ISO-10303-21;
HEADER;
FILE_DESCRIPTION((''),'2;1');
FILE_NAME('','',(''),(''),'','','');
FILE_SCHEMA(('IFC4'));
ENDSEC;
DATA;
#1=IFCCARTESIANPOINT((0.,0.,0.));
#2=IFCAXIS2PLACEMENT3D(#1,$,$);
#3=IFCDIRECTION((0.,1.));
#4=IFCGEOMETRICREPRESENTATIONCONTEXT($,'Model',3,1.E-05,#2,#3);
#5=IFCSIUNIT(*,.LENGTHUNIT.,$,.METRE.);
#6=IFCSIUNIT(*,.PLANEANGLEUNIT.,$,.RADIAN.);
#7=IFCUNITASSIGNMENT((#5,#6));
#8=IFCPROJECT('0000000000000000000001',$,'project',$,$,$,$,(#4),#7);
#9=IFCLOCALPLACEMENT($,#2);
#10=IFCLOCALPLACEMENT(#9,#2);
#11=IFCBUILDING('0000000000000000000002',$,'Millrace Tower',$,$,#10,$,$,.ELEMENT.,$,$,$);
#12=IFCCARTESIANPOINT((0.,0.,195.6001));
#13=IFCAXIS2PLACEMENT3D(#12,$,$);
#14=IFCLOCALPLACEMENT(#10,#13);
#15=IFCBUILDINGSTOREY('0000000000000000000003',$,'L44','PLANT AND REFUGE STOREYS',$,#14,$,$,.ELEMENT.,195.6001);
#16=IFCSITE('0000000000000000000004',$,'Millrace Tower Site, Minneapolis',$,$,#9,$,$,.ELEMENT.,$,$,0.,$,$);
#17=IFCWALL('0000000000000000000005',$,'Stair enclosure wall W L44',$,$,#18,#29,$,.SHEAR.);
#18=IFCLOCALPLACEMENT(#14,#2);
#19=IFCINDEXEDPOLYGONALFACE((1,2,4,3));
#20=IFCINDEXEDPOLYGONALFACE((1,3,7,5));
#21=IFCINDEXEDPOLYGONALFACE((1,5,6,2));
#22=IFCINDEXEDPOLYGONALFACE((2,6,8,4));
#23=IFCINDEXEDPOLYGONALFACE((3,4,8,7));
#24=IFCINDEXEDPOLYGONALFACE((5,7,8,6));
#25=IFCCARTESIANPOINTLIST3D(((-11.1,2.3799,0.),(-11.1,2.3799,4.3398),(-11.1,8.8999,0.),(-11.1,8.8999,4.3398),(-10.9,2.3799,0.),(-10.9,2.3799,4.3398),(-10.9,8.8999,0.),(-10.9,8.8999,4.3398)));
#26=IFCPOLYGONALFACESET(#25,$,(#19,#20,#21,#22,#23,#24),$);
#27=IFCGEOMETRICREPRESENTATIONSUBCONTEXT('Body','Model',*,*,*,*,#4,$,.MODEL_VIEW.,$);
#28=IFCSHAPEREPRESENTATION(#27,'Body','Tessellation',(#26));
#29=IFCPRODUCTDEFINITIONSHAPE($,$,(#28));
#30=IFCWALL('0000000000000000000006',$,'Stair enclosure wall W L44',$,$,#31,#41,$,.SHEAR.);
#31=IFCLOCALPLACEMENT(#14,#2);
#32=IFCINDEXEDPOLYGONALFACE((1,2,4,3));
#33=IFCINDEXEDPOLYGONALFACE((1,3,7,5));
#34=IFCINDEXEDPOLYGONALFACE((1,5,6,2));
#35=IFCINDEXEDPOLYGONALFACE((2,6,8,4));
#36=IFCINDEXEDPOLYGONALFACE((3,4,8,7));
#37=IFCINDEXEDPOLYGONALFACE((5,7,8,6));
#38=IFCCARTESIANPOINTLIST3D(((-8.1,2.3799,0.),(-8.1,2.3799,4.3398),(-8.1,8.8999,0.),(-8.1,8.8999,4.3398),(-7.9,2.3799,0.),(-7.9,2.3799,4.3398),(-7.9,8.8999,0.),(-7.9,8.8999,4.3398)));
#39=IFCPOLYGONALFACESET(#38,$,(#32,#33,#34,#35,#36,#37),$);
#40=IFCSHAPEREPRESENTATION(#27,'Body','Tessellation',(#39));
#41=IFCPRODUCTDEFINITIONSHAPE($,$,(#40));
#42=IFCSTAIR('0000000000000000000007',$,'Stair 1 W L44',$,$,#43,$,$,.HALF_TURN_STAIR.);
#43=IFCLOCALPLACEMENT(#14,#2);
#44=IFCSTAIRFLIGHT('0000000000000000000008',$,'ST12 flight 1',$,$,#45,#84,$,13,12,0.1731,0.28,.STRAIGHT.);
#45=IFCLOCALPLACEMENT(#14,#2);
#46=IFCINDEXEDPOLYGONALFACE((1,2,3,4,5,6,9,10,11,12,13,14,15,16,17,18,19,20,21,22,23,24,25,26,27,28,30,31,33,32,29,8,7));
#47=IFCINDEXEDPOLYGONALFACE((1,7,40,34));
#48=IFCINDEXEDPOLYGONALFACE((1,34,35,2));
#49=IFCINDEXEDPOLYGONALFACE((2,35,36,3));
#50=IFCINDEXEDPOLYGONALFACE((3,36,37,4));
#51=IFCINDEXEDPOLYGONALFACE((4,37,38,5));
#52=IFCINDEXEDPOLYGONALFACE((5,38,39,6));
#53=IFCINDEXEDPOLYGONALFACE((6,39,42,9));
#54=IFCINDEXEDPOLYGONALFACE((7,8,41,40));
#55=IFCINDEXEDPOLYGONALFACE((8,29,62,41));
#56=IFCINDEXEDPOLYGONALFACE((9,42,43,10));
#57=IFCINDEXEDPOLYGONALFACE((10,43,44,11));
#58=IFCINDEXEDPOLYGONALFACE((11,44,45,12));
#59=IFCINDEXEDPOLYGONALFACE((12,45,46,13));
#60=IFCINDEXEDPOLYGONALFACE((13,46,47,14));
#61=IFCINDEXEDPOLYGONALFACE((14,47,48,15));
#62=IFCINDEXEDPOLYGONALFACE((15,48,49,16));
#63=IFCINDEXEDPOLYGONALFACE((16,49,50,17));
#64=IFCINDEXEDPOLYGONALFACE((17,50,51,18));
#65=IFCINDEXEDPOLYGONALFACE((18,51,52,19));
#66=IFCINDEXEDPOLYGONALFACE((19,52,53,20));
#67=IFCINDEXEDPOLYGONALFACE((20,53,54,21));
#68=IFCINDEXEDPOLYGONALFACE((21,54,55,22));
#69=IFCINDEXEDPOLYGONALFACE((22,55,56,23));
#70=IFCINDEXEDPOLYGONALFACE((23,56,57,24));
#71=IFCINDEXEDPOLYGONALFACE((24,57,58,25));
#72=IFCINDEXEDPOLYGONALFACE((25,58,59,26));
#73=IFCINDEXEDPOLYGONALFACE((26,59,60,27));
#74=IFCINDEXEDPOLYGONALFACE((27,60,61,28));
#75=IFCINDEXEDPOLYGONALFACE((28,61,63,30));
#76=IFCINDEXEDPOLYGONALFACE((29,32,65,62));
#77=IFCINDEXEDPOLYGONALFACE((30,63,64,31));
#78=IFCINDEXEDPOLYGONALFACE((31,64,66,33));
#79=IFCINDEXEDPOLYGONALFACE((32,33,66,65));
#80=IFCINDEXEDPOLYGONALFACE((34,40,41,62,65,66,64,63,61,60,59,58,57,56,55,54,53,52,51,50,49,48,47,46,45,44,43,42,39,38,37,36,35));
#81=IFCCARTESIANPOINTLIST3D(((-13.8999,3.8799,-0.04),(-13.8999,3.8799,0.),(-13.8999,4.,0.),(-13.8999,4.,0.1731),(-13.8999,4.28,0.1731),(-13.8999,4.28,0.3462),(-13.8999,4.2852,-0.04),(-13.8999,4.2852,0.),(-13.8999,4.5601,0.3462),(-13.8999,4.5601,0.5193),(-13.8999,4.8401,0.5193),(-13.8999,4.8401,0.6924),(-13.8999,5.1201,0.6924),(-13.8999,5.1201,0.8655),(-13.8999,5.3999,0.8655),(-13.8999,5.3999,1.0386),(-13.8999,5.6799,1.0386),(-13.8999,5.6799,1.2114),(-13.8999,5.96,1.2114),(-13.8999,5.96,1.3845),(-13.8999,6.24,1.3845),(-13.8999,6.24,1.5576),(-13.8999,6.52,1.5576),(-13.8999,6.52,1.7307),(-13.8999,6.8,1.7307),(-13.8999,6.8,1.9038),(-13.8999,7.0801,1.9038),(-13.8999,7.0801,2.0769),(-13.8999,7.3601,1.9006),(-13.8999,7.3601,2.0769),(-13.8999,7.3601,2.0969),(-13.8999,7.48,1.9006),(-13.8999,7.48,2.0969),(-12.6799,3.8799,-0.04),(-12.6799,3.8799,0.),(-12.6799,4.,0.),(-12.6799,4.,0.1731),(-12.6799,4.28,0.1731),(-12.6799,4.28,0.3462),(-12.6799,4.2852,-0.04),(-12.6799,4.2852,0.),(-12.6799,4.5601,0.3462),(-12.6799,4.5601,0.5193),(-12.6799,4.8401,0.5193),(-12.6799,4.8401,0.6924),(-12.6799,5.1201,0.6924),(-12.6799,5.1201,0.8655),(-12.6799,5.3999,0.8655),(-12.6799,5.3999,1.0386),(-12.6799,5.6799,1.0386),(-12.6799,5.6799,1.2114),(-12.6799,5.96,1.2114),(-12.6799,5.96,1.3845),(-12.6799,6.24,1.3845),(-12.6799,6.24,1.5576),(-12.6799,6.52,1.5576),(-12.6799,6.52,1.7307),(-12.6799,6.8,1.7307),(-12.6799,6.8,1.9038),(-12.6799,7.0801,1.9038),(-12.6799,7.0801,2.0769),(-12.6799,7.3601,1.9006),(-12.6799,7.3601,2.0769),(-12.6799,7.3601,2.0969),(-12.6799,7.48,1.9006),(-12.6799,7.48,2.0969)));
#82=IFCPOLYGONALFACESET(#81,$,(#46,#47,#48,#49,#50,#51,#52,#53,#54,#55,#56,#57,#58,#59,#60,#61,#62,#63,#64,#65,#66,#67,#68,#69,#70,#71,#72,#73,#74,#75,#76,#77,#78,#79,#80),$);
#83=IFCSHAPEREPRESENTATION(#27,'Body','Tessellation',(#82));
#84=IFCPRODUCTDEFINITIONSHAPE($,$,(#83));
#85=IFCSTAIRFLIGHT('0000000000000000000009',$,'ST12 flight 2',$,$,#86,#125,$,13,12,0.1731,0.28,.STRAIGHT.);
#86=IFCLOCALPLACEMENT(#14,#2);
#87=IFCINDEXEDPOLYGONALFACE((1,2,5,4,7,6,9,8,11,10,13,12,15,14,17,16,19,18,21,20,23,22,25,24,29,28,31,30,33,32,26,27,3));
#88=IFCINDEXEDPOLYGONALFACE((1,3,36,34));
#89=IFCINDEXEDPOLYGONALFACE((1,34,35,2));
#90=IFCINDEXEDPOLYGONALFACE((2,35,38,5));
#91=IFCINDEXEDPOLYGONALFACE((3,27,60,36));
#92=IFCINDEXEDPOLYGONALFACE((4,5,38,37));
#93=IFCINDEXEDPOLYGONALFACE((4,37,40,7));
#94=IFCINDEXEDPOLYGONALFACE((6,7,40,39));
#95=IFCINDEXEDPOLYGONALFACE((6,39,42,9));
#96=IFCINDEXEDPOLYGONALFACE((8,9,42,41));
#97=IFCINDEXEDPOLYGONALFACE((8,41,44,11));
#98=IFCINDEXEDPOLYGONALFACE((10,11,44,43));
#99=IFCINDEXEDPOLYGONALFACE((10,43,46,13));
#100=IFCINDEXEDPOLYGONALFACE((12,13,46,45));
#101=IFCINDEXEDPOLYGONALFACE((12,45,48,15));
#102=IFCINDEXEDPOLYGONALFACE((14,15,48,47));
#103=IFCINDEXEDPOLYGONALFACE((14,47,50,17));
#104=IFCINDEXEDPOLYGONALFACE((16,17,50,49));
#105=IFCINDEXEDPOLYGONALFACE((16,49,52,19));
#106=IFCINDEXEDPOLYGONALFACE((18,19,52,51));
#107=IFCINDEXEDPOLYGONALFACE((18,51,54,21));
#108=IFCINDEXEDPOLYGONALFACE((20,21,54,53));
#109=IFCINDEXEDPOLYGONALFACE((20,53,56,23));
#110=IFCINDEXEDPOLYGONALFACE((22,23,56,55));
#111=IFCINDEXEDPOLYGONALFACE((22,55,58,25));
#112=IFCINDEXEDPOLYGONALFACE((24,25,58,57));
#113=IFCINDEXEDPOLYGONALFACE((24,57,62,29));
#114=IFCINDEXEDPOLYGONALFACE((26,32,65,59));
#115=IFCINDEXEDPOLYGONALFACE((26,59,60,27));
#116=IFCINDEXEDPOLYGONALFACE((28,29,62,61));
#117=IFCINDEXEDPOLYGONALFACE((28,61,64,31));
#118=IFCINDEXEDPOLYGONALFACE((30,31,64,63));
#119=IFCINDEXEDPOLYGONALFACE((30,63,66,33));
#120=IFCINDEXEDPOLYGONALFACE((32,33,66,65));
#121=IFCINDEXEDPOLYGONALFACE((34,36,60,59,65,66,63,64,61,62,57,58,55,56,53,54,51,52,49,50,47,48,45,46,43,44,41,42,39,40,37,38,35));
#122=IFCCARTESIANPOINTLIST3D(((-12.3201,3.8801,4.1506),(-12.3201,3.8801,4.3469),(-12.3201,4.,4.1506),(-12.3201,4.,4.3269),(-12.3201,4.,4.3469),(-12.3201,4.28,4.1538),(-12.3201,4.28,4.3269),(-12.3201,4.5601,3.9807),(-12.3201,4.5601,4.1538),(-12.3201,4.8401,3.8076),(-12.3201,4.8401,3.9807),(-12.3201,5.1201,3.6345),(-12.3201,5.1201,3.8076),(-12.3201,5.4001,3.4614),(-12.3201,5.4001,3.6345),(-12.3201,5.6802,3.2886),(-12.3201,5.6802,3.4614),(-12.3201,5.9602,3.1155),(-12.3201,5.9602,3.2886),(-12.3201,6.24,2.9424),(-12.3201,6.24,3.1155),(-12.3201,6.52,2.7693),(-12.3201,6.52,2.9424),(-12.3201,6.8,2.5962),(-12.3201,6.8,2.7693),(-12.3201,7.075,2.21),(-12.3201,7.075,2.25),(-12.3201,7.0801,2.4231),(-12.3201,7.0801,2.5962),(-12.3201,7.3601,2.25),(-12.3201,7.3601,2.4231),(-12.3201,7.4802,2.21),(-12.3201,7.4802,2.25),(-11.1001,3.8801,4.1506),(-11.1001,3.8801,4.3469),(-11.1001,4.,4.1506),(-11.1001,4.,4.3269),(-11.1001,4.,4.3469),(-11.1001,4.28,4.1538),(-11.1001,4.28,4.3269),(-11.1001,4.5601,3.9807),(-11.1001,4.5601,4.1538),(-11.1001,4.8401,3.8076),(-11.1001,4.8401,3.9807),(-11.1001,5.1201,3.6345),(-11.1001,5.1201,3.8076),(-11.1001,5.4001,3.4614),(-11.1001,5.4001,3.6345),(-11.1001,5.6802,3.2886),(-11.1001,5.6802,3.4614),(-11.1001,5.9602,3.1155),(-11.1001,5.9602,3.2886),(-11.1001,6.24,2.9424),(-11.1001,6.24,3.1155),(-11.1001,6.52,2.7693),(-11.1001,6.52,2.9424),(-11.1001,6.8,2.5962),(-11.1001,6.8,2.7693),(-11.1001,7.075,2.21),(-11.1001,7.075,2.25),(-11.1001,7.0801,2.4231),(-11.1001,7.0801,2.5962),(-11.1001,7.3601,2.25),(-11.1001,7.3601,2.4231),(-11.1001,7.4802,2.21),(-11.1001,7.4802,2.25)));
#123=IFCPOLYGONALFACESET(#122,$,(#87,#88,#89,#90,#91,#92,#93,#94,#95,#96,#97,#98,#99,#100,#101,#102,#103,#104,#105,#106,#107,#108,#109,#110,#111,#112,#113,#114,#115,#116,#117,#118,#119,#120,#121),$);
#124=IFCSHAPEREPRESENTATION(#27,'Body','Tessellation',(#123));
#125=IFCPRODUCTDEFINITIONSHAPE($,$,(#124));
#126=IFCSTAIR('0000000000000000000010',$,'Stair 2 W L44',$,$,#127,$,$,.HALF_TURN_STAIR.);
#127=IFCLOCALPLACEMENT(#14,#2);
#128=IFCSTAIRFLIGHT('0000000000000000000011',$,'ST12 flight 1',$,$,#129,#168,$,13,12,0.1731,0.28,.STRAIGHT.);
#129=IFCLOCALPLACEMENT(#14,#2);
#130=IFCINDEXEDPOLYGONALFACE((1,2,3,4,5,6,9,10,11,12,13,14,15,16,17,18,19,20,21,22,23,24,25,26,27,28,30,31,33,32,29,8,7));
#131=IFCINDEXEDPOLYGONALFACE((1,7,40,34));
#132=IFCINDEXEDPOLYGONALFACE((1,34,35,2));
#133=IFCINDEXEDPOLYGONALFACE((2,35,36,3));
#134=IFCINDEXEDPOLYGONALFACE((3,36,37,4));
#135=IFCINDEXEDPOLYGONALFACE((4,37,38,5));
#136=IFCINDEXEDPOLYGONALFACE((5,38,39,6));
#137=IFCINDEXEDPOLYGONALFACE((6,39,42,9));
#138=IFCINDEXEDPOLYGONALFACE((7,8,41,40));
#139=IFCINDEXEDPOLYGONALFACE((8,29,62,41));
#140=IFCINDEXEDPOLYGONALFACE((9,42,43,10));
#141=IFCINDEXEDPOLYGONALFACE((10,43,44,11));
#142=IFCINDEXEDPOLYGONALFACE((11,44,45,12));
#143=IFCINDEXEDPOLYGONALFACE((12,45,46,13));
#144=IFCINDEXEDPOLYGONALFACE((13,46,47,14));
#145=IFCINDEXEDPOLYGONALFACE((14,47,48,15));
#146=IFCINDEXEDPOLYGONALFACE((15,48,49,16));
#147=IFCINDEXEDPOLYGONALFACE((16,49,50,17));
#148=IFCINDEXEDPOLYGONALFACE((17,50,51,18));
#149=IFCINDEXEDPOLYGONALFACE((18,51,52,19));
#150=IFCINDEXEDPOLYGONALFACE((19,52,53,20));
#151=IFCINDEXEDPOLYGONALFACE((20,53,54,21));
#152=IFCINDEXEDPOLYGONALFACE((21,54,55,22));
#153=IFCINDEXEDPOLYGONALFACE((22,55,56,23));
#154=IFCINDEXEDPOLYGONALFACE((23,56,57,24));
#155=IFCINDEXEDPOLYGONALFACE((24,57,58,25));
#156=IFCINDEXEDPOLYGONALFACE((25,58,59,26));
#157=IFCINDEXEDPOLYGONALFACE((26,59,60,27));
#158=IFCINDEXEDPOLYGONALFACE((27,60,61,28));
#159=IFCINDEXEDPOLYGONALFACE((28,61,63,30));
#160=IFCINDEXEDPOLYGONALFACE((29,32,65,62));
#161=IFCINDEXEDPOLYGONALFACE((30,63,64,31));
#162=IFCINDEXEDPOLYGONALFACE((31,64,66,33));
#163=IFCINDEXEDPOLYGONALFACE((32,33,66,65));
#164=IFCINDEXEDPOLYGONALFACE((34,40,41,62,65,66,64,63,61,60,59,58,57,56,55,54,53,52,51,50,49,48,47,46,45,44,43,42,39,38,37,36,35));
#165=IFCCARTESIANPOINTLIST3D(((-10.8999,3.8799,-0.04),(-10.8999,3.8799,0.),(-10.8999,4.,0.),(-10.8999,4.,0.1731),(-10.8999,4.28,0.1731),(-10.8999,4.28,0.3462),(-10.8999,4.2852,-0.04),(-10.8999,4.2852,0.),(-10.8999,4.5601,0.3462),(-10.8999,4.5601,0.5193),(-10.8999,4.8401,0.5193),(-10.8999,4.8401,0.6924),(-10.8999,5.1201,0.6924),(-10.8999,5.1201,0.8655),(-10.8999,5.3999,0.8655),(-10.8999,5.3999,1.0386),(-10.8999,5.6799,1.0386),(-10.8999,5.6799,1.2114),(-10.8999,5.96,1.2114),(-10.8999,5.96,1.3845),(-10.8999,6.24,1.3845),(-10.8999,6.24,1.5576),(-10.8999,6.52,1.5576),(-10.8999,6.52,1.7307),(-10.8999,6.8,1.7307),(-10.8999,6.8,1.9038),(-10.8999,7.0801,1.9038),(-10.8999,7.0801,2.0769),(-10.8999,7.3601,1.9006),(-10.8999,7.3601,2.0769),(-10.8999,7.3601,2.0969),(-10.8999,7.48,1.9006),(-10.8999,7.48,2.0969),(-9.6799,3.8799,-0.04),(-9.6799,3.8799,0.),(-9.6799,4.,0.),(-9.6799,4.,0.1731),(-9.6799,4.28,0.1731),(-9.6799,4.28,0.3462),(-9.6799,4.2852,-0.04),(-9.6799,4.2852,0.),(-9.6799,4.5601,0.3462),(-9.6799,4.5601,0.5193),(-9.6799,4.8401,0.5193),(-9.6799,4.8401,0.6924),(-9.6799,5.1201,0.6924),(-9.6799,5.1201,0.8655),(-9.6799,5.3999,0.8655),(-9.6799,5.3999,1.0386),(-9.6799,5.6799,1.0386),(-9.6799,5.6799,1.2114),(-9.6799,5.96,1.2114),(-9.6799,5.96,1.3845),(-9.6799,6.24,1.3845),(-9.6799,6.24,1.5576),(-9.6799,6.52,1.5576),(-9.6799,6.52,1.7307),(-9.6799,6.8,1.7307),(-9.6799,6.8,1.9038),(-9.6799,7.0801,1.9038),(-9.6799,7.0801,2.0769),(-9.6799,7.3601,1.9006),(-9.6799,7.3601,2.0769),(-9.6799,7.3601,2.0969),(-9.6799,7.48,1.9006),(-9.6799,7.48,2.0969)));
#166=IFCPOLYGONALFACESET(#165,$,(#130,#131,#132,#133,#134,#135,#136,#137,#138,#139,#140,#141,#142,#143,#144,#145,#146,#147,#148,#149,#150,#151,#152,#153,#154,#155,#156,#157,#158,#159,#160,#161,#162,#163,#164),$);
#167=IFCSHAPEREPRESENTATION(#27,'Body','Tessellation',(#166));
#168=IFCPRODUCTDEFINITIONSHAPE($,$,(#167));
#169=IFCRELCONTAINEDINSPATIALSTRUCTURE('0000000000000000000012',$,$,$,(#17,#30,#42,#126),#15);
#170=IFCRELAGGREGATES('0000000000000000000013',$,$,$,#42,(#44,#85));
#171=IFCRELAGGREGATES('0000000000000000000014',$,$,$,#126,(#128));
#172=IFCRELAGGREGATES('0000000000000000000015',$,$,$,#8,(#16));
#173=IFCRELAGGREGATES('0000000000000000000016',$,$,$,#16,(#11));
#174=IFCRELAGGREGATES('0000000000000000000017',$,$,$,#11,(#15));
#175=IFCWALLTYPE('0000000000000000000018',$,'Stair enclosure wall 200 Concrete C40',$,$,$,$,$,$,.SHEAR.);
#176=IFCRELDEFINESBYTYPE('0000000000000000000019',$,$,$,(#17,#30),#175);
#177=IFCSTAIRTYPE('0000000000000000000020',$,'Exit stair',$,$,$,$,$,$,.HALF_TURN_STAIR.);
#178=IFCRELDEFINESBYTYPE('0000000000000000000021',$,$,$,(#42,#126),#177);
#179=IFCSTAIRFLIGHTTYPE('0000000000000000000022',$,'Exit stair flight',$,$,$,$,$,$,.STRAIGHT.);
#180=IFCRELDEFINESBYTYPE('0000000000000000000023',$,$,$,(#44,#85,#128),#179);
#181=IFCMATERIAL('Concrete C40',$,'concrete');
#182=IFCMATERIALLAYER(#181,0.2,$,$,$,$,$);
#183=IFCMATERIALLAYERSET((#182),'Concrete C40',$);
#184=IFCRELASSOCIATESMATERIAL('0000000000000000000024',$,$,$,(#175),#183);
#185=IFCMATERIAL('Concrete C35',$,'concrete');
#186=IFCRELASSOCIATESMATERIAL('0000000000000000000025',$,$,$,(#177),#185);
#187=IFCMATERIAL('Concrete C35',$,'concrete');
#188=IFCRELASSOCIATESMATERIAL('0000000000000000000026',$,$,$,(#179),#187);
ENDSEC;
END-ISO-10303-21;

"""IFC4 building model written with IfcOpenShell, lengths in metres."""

from ifc_helpers import new_model, si_unit, direction, frame, frame_2d, origin, place, context, subcontext, project, spatial, polyline, rectangle, outline, extrude, material, layer, layer_set, type_object, element, aggregate, save


model = new_model("IFC4")

# Units and contexts
model_context = context("Model", 3, precision=1e-05, world=origin(), true_north=direction((0.0, 1.0)))
body_context = subcontext(model_context, "Body", "Model", "MODEL_VIEW")
ifc_project = project(units=[si_unit("LENGTHUNIT", "METRE"), si_unit("PLANEANGLEUNIT", "RADIAN")], contexts=[model_context])

# Site, building, storey
site_placement = place(None, origin())
site = spatial("IfcSite", under=ifc_project, at=site_placement, Name="Millrace Tower Site, Minneapolis", CompositionType="ELEMENT", RefElevation=0.0)
building_placement = place(site_placement, origin())
building = spatial("IfcBuilding", under=site, at=building_placement, Name="Millrace Tower", CompositionType="ELEMENT")
storey_placement = place(building_placement, frame((0.0, 0.0, 195.6001)))
storey = spatial("IfcBuildingStorey", under=building, at=storey_placement, Name="L44", Description="PLANT AND REFUGE STOREYS", CompositionType="ELEMENT", Elevation=195.6001)

# Shared definitions
placement_1 = place(storey_placement, origin())

# Shared definitions
ifc_material_1 = material(Name="Concrete C40", Category="concrete")
ifc_layer_1 = layer(ifc_material_1, 0.2)
ifc_layer_set_1 = layer_set([ifc_layer_1], Name="Concrete C40")
wall_type_1 = type_object("IfcWallType", Name="Stair enclosure wall 200 Concrete C40", PredefinedType="SHEAR", material=ifc_layer_set_1)

# Walls
for number, where, z_axis, x_axis, name in (
    (1, (-11.0, 2.3799, 0.0), (0.0, 0.0, 1.0), (0.0, 1.0, 0.0), "Stair enclosure wall W L44"),
    (2, (-8.0, 2.3799, 0.0), (0.0, 0.0, 1.0), (0.0, 1.0, 0.0), "Stair enclosure wall W L44"),
):
    element("IfcWall", number, at=place(storey_placement, frame(where, z_axis=z_axis, x_axis=x_axis)), inside=storey, type_object=wall_type_1, Name=name, PredefinedType="SHEAR", context=body_context, shape_type="SweptSolid", body=[
        extrude(rectangle(XDim=6.52, YDim=0.2, at=frame_2d((3.26, 0.0))), origin(), (0.0, 0.0, 1.0), 4.3398),
    ])

# Stairs, stair flights
ifc_material_2 = material(Name="Concrete C35", Category="concrete")
stair_type = type_object("IfcStairType", Name="Exit stair", PredefinedType="HALF_TURN_STAIR", material=ifc_material_2)
stair_1 = element("IfcStair", 3, at=placement_1, inside=storey, type_object=stair_type, Name="Stair 1 W L44", PredefinedType="HALF_TURN_STAIR")
ifc_material_3 = material(Name="Concrete C35", Category="concrete")
stair_flight_type = type_object("IfcStairFlightType", Name="Exit stair flight", PredefinedType="STRAIGHT", material=ifc_material_3)
stair_flight_1_placement = place(storey_placement, frame((-13.29, 4.0, 0.0), z_axis=(0.0, 0.0, 1.0), x_axis=(0.0, 1.0, 0.0)))
stair_flight_1 = element("IfcStairFlight", 4, at=stair_flight_1_placement, type_object=stair_flight_type, Name="ST12 flight 1", NumberOfRisers=13, NumberOfTreads=12, PredefinedType="STRAIGHT", RiserHeight=0.1731, TreadLength=0.28, context=body_context, shape_type="SweptSolid", body=[
    extrude(outline(polyline([(-0.1201, -0.04), (-0.1201, 0.0), (0.0, 0.0), (0.0, 0.1731), (0.28, 0.1731), (0.28, 0.3462), (0.5601, 0.3462), (0.5601, 0.5193), (0.8401, 0.5193), (0.8401, 0.6924), (1.1201, 0.6924), (1.1201, 0.8655), (1.3999, 0.8655), (1.3999, 1.0386), (1.6799, 1.0386), (1.6799, 1.2114), (1.96, 1.2114), (1.96, 1.3845), (2.24, 1.3845), (2.24, 1.5576), (2.52, 1.5576), (2.52, 1.7307), (2.8, 1.7307), (2.8, 1.9038), (3.0801, 1.9038), (3.0801, 2.0769), (3.3601, 2.0769), (3.3601, 2.0969), (3.48, 2.0969), (3.48, 1.9006), (3.3601, 1.9006), (0.2852, 0.0), (0.2852, -0.04), (-0.1201, -0.04)])), frame((0.0, 0.6099, 0.0), z_axis=(0.0, -1.0, 0.0), x_axis=(1.0, 0.0, 0.0)), (0.0, 0.0, 1.0), 1.22),
])
stair_flight_2_placement = place(storey_placement, frame((-11.71, 7.3601, 2.25), z_axis=(0.0, 0.0, 1.0), x_axis=(0.0, -1.0, 0.0)))
stair_flight_2 = element("IfcStairFlight", 5, at=stair_flight_2_placement, type_object=stair_flight_type, Name="ST12 flight 2", NumberOfRisers=13, NumberOfTreads=12, PredefinedType="STRAIGHT", RiserHeight=0.1731, TreadLength=0.28, context=body_context, shape_type="SweptSolid", body=[
    extrude(outline(polyline([(-0.1201, -0.04), (-0.1201, 0.0), (0.0, 0.0), (0.0, 0.1731), (0.28, 0.1731), (0.28, 0.3462), (0.5601, 0.3462), (0.5601, 0.5193), (0.8401, 0.5193), (0.8401, 0.6924), (1.1201, 0.6924), (1.1201, 0.8655), (1.3999, 0.8655), (1.3999, 1.0386), (1.6799, 1.0386), (1.6799, 1.2114), (1.96, 1.2114), (1.96, 1.3845), (2.24, 1.3845), (2.24, 1.5576), (2.52, 1.5576), (2.52, 1.7307), (2.8, 1.7307), (2.8, 1.9038), (3.0801, 1.9038), (3.0801, 2.0769), (3.3601, 2.0769), (3.3601, 2.0969), (3.48, 2.0969), (3.48, 1.9006), (3.3601, 1.9006), (0.2852, 0.0), (0.2852, -0.04), (-0.1201, -0.04)])), frame((0.0, 0.6099, 0.0), z_axis=(0.0, -1.0, 0.0), x_axis=(1.0, 0.0, 0.0)), (0.0, 0.0, 1.0), 1.22),
])
aggregate(stair_1, [stair_flight_1, stair_flight_2])
stair_2 = element("IfcStair", 6, at=placement_1, inside=storey, type_object=stair_type, Name="Stair 2 W L44", PredefinedType="HALF_TURN_STAIR")
stair_flight_3_placement = place(storey_placement, frame((-10.29, 4.0, 0.0), z_axis=(0.0, 0.0, 1.0), x_axis=(0.0, 1.0, 0.0)))
stair_flight_3 = element("IfcStairFlight", 7, at=stair_flight_3_placement, type_object=stair_flight_type, Name="ST12 flight 1", NumberOfRisers=13, NumberOfTreads=12, PredefinedType="STRAIGHT", RiserHeight=0.1731, TreadLength=0.28, context=body_context, shape_type="SweptSolid", body=[
    extrude(outline(polyline([(-0.1201, -0.04), (-0.1201, 0.0), (0.0, 0.0), (0.0, 0.1731), (0.28, 0.1731), (0.28, 0.3462), (0.5601, 0.3462), (0.5601, 0.5193), (0.8401, 0.5193), (0.8401, 0.6924), (1.1201, 0.6924), (1.1201, 0.8655), (1.3999, 0.8655), (1.3999, 1.0386), (1.6799, 1.0386), (1.6799, 1.2114), (1.96, 1.2114), (1.96, 1.3845), (2.24, 1.3845), (2.24, 1.5576), (2.52, 1.5576), (2.52, 1.7307), (2.8, 1.7307), (2.8, 1.9038), (3.0801, 1.9038), (3.0801, 2.0769), (3.3601, 2.0769), (3.3601, 2.0969), (3.48, 2.0969), (3.48, 1.9006), (3.3601, 1.9006), (0.2852, 0.0), (0.2852, -0.04), (-0.1201, -0.04)])), frame((0.0, 0.6099, 0.0), z_axis=(0.0, -1.0, 0.0), x_axis=(1.0, 0.0, 0.0)), (0.0, 0.0, 1.0), 1.22),
])
aggregate(stair_2, [stair_flight_3])

save(model, "model.ifc")
